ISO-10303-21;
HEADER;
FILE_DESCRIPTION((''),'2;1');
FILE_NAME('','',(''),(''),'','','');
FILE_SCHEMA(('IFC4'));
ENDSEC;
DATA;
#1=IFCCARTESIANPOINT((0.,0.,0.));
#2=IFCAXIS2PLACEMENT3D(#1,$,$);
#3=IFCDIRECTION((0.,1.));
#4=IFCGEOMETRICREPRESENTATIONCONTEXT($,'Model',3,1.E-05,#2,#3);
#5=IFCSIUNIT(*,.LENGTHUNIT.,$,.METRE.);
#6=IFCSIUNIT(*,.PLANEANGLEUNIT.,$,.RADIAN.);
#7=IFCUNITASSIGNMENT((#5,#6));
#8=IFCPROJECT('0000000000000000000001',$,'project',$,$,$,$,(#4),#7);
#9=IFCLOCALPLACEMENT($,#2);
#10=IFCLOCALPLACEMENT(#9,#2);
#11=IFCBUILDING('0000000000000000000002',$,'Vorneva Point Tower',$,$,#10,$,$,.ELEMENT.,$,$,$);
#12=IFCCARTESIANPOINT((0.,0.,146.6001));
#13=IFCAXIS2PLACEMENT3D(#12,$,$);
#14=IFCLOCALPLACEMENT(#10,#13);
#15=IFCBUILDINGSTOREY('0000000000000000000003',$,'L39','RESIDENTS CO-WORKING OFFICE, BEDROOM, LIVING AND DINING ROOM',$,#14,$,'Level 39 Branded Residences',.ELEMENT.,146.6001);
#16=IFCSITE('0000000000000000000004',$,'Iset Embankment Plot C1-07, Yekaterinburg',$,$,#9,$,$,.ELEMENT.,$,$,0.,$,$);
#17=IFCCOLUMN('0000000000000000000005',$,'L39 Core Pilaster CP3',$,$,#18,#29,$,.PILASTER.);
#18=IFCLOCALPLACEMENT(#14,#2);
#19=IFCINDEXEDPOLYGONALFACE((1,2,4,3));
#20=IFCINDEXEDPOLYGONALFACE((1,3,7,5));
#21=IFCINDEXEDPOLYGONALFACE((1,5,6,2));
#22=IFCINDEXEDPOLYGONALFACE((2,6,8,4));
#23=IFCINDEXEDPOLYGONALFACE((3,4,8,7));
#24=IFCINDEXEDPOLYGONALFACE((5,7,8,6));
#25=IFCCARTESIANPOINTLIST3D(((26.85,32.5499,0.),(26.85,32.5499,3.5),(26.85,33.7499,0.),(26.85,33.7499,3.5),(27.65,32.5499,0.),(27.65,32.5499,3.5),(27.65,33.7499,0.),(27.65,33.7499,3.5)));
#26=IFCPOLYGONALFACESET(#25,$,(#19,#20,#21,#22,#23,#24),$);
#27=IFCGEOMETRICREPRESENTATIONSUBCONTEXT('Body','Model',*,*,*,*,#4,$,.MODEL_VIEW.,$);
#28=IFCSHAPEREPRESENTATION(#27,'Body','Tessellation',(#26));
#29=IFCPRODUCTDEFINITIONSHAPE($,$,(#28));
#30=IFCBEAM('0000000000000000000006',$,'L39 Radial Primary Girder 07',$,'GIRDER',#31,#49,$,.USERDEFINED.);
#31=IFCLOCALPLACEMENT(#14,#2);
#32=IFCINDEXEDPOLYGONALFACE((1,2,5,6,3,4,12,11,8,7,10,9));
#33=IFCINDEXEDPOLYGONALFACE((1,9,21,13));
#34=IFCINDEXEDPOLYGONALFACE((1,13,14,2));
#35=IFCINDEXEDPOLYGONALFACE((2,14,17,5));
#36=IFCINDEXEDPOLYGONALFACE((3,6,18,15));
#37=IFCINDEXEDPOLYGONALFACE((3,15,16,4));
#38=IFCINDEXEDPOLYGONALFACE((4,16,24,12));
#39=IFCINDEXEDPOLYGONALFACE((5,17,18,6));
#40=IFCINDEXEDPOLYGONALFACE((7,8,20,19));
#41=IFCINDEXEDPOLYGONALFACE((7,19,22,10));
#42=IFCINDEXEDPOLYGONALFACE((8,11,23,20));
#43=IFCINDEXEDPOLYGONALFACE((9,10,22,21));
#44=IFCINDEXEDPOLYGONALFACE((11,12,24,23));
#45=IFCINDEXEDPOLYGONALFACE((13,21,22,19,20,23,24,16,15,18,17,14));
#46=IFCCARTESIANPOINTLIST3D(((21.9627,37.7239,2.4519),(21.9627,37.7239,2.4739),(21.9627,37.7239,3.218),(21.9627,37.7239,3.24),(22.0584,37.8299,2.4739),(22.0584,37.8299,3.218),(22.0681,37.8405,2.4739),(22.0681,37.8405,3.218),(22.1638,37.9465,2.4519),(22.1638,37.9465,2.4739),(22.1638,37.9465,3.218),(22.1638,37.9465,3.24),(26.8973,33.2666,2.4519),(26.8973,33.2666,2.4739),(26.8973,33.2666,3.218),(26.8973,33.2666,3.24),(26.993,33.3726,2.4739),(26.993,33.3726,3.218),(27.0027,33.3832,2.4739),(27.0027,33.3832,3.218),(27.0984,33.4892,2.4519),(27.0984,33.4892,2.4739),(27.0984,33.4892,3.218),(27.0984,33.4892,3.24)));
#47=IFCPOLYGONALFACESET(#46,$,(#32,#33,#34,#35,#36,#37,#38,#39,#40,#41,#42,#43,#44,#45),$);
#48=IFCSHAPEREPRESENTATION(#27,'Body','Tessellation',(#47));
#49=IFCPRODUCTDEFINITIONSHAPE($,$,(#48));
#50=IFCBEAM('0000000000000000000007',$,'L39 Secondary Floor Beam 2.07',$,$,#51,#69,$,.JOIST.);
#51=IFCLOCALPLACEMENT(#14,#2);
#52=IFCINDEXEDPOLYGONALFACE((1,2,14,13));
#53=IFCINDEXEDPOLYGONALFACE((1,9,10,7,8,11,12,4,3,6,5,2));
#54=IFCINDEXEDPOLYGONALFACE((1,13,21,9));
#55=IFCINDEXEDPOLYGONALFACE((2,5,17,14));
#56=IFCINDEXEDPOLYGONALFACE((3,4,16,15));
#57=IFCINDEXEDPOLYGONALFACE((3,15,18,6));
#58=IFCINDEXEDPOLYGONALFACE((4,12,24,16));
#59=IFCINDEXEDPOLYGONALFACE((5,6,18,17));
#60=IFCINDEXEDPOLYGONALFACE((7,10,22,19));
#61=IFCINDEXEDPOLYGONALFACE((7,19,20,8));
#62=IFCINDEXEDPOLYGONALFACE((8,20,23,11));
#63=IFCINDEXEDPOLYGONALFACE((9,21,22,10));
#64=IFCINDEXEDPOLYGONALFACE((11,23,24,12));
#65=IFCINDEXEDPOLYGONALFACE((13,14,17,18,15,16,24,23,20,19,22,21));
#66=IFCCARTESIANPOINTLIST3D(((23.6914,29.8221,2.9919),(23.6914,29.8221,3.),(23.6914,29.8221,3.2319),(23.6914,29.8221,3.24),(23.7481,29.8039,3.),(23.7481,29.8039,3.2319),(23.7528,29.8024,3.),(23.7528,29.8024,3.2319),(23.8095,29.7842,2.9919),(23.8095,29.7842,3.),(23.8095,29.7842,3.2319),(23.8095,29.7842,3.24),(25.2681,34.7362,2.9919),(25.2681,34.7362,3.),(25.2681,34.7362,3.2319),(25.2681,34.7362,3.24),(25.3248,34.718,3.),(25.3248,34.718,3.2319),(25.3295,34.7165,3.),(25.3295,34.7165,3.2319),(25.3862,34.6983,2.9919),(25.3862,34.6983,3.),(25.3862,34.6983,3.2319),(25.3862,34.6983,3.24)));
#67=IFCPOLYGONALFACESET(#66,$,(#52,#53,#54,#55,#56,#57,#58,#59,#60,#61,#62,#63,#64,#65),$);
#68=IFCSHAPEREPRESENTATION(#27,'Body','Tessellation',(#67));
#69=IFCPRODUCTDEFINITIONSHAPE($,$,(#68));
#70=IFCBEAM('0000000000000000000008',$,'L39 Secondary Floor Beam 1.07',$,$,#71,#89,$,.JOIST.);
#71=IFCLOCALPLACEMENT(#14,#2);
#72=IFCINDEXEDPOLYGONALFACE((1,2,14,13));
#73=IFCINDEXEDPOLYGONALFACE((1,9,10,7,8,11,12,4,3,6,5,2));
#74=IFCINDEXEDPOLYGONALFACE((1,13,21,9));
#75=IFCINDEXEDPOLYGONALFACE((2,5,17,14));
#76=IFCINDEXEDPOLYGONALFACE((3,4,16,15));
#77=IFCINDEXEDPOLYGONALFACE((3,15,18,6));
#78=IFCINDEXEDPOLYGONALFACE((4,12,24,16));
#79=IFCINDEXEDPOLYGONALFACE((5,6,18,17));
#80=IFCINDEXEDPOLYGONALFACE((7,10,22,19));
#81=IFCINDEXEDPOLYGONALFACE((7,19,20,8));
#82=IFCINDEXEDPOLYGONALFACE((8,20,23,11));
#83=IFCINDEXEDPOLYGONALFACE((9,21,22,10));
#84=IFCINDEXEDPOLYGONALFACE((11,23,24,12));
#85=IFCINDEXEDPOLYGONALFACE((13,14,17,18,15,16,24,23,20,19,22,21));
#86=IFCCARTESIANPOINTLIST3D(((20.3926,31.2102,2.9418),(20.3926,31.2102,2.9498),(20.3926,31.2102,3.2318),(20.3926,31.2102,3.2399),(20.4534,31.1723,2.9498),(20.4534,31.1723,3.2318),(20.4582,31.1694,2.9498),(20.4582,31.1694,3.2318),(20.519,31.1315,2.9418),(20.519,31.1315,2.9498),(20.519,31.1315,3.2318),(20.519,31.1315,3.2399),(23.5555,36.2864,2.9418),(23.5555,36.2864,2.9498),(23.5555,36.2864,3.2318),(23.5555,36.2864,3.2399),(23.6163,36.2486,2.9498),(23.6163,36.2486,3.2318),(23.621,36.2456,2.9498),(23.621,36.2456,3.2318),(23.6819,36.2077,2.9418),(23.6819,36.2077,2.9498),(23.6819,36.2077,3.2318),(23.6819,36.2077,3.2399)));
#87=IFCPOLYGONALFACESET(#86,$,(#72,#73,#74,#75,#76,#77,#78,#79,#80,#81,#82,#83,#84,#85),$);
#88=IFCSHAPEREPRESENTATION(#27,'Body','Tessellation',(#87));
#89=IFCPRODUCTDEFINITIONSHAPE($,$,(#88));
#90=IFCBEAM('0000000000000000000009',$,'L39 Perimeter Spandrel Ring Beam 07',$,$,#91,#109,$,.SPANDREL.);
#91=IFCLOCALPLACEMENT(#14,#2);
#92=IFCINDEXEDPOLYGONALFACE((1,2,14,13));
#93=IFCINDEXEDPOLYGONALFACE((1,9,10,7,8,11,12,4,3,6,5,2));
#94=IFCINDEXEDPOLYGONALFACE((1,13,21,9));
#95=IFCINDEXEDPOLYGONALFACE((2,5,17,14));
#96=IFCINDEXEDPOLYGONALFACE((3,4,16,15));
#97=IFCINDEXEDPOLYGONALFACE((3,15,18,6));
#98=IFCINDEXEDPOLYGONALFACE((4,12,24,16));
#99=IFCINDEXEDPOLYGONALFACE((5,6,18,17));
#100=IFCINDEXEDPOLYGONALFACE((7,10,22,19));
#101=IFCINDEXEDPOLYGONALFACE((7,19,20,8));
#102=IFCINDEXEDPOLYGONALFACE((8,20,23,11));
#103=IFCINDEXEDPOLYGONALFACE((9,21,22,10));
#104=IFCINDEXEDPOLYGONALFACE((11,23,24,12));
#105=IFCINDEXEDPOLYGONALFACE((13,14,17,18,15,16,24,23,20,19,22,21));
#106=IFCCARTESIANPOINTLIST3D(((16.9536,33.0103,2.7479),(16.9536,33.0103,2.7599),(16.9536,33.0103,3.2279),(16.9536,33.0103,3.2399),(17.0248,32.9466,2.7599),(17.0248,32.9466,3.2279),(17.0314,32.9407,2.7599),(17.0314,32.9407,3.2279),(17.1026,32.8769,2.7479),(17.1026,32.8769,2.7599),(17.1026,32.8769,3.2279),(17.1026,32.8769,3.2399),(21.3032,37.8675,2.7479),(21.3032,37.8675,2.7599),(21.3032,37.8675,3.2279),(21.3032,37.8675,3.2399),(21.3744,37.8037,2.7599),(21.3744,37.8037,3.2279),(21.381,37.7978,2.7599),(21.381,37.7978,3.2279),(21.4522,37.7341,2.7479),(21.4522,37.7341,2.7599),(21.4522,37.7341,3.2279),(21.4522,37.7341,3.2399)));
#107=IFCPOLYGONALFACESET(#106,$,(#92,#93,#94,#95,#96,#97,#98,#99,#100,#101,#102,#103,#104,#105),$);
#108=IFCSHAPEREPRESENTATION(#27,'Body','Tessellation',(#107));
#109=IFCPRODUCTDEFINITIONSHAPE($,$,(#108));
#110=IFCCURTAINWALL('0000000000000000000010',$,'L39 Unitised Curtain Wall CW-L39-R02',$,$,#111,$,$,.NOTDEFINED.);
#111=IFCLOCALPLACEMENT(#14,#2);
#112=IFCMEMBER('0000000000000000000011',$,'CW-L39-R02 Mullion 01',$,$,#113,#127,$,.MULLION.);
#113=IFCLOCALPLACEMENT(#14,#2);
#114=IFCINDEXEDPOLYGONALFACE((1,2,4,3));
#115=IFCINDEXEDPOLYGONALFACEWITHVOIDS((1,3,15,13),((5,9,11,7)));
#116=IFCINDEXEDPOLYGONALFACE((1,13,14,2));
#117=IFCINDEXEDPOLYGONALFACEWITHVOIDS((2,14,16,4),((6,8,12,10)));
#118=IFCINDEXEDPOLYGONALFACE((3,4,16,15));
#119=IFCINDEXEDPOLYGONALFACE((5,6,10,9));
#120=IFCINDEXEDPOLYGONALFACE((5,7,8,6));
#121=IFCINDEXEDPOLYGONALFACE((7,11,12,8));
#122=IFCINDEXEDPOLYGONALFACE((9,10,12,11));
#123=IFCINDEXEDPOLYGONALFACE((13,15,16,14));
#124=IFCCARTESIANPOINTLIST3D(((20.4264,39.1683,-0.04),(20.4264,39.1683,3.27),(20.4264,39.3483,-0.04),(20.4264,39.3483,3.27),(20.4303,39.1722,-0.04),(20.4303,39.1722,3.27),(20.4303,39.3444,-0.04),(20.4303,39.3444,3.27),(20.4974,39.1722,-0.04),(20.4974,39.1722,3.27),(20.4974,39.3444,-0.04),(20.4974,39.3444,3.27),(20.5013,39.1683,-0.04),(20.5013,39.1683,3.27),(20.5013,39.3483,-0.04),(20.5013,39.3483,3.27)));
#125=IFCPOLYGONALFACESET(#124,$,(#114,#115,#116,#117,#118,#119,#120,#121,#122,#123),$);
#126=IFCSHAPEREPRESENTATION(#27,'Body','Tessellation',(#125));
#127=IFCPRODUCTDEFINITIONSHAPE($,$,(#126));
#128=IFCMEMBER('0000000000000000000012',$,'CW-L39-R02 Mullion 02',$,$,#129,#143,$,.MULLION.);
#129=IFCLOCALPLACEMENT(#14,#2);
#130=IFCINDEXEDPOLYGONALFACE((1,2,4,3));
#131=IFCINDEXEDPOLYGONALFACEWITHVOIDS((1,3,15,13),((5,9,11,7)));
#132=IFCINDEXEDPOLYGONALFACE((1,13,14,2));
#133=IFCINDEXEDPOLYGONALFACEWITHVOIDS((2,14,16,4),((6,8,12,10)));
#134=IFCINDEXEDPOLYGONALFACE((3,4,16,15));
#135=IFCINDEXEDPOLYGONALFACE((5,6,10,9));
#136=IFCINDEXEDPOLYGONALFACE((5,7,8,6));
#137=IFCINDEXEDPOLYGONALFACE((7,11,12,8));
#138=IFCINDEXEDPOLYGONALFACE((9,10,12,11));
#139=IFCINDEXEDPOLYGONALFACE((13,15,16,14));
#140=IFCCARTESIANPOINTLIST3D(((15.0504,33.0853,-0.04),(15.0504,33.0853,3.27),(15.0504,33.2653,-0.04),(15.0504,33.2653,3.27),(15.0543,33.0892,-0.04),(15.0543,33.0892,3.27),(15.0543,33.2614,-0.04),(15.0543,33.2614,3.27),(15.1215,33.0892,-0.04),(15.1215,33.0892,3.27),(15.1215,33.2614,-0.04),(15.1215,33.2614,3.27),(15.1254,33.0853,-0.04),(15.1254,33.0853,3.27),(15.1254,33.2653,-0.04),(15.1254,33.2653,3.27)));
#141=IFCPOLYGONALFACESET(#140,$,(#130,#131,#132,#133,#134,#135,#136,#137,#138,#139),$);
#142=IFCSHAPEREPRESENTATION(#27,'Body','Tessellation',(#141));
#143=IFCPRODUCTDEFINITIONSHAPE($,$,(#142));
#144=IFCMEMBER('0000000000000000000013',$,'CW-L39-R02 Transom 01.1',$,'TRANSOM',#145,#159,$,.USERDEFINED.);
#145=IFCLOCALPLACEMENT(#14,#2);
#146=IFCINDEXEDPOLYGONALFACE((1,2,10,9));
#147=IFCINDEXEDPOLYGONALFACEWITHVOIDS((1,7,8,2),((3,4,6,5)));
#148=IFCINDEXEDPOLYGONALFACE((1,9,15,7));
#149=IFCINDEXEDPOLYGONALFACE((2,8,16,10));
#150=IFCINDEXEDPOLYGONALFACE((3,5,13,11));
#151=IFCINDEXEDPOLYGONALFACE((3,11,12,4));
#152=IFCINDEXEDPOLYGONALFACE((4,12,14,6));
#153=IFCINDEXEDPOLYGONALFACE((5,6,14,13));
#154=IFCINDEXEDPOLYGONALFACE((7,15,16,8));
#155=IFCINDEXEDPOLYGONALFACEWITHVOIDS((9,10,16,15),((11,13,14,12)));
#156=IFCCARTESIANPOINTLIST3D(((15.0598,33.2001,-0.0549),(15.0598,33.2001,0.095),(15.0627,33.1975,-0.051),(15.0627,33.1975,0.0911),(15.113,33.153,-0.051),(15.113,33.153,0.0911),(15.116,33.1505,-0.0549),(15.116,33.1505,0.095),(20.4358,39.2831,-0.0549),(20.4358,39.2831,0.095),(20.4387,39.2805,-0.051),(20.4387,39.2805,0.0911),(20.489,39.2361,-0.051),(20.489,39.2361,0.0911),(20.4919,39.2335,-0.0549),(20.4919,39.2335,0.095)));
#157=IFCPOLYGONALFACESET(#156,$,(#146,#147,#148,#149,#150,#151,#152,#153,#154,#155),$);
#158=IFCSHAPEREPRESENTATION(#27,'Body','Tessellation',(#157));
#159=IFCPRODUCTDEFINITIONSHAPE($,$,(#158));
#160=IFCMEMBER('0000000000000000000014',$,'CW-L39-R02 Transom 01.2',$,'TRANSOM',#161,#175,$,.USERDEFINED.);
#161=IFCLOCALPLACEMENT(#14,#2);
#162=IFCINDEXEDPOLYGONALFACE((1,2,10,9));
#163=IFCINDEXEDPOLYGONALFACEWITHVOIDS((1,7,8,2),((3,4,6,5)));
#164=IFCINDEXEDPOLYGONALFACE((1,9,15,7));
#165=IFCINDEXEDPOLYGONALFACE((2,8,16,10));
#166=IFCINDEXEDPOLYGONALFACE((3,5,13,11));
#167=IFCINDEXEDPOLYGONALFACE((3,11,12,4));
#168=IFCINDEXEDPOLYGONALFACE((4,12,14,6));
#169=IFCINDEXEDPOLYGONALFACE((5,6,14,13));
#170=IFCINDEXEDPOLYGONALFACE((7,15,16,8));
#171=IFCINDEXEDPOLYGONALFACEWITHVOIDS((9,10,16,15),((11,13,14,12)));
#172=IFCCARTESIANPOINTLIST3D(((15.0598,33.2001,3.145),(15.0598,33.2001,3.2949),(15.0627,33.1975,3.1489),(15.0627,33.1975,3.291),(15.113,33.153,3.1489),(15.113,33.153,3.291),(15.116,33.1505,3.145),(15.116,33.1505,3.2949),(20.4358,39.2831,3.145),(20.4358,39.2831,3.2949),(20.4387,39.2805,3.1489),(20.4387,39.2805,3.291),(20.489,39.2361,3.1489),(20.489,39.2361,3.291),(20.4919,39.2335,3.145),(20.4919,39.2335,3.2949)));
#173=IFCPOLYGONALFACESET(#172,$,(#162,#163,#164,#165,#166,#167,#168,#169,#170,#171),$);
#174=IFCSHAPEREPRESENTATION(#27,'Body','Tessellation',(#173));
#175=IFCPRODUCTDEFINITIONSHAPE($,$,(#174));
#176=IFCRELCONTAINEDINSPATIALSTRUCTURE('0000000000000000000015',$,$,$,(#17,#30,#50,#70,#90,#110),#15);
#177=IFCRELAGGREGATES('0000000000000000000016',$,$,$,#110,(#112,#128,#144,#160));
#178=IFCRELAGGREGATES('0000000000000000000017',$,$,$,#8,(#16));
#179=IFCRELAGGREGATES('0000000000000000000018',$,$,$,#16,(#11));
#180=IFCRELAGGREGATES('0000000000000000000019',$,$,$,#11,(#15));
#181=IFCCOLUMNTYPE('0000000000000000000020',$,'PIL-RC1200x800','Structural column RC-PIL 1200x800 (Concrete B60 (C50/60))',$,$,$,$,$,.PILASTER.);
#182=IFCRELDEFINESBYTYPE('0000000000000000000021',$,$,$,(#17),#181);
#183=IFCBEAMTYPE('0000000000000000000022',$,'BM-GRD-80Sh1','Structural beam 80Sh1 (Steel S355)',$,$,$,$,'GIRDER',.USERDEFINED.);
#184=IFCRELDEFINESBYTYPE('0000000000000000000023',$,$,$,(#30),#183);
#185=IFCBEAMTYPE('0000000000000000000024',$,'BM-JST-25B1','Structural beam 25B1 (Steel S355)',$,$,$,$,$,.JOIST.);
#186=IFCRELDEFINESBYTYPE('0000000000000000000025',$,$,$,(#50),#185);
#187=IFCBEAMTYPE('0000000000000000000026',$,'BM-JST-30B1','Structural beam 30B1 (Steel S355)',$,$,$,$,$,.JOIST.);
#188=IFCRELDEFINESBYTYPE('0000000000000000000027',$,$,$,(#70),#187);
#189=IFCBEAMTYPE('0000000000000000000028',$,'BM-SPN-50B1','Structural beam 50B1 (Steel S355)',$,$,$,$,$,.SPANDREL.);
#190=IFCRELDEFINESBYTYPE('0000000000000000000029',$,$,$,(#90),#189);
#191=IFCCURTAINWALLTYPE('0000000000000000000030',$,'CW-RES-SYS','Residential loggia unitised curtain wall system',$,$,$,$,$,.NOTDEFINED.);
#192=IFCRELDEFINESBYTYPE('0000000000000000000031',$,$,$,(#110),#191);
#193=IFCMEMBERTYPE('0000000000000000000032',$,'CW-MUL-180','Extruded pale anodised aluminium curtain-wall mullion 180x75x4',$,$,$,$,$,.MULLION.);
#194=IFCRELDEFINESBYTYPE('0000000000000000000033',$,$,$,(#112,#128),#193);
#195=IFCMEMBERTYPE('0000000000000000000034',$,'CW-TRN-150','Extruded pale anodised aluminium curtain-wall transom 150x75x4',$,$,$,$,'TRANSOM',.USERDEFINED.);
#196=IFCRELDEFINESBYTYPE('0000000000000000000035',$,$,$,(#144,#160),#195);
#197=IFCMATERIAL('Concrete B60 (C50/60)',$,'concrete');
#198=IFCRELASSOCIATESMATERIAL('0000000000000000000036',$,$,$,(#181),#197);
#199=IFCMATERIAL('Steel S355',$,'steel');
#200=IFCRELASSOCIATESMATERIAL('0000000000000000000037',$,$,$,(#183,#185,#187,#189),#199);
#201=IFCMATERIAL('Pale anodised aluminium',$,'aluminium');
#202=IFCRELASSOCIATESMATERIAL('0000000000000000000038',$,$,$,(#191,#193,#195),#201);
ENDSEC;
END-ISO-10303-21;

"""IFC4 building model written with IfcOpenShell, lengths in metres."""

from ifc_helpers import new_model, si_unit, direction, frame, origin, origin_2d, place, context, subcontext, project, spatial, rectangle, hollow_rectangle, i_section, extrude, material, material_profile, profile_set, type_object, element, aggregate, save


model = new_model("IFC4")

# Units and contexts
model_context = context("Model", 3, precision=1e-05, world=origin(), true_north=direction((0.0, 1.0)))
body_context = subcontext(model_context, "Body", "Model", "MODEL_VIEW")
ifc_project = project(units=[si_unit("LENGTHUNIT", "METRE"), si_unit("PLANEANGLEUNIT", "RADIAN")], contexts=[model_context])

# Site, building, storey
site_placement = place(None, origin())
site = spatial("IfcSite", under=ifc_project, at=site_placement, Name="Iset Embankment Plot C1-07, Yekaterinburg", CompositionType="ELEMENT", RefElevation=0.0)
building_placement = place(site_placement, origin())
building = spatial("IfcBuilding", under=site, at=building_placement, Name="Vorneva Point Tower", CompositionType="ELEMENT")
storey_placement = place(building_placement, frame((0.0, 0.0, 146.6001)))
storey = spatial("IfcBuildingStorey", under=building, at=storey_placement, Name="L39", Description="RESIDENTS CO-WORKING OFFICE, BEDROOM, LIVING AND DINING ROOM", LongName="Level 39 Branded Residences", CompositionType="ELEMENT", Elevation=146.6001)

# Column
ifc_material_1 = material(Name="Concrete B60 (C50/60)", Category="concrete")
ifc_material_profile_1 = material_profile(ifc_material_1, rectangle(XDim=0.8, YDim=1.2, at=origin_2d()), Name="RC-PIL 1200x800")
ifc_profile_set_1 = profile_set([ifc_material_profile_1], Name="Concrete B60 (C50/60)")
column_type_1 = type_object("IfcColumnType", Name="PIL-RC1200x800", Description="Structural column RC-PIL 1200x800 (Concrete B60 (C50/60))", PredefinedType="PILASTER", material=ifc_profile_set_1)
column_1_placement = place(storey_placement, frame((27.25, 33.1499, 0.0), z_axis=(0.0, 0.0, 1.0), x_axis=(1.0, 0.0, 0.0)))
element("IfcColumn", 1, at=column_1_placement, inside=storey, type_object=column_type_1, Name="L39 Core Pilaster CP3", PredefinedType="PILASTER", context=body_context, shape_type="SweptSolid", body=[
    extrude(rectangle(XDim=0.8, YDim=1.2, at=origin_2d()), origin(), (0.0, 0.0, 1.0), 3.5),
])

# Beams
ifc_material_2 = material(Name="Steel S355", Category="steel")
ifc_material_profile_2 = material_profile(ifc_material_2, i_section(OverallWidth=0.3, OverallDepth=0.7881, WebThickness=0.0144, FlangeThickness=0.022, at=origin_2d()), Name="80Sh1")
ifc_profile_set_2 = profile_set([ifc_material_profile_2], Name="Steel S355")
beam_type_1 = type_object("IfcBeamType", Name="BM-GRD-80Sh1", Description="Structural beam 80Sh1 (Steel S355)", ElementType="GIRDER", PredefinedType="USERDEFINED", material=ifc_profile_set_2)
beam_1_placement = place(storey_placement, frame((22.0632, 37.8352, 2.8459), z_axis=(0.742084, -0.670306, 0.0), x_axis=(0.670306, 0.742084, 0.0)))
element("IfcBeam", 2, at=beam_1_placement, inside=storey, type_object=beam_type_1, Name="L39 Radial Primary Girder 07", ObjectType="GIRDER", PredefinedType="USERDEFINED", context=body_context, shape_type="SweptSolid", body=[
    extrude(i_section(OverallWidth=0.3, OverallDepth=0.7881, WebThickness=0.0144, FlangeThickness=0.022, at=origin_2d()), origin(), (0.0, 0.0, 1.0), 6.6497),
])
ifc_material_profile_3 = material_profile(ifc_material_2, i_section(OverallWidth=0.124, OverallDepth=0.248, WebThickness=0.0049, FlangeThickness=0.0081, at=origin_2d()), Name="25B1")
ifc_profile_set_3 = profile_set([ifc_material_profile_3], Name="Steel S355")
beam_type_2 = type_object("IfcBeamType", Name="BM-JST-25B1", Description="Structural beam 25B1 (Steel S355)", PredefinedType="JOIST", material=ifc_profile_set_3)
beam_2_placement = place(storey_placement, frame((25.3271, 34.7173, 3.116), z_axis=(-0.305507, -0.95219, 0.0), x_axis=(0.95219, -0.305507, 0.0)))
element("IfcBeam", 3, at=beam_2_placement, inside=storey, type_object=beam_type_2, Name="L39 Secondary Floor Beam 2.07", PredefinedType="JOIST", context=body_context, shape_type="SweptSolid", body=[
    extrude(i_section(OverallWidth=0.124, OverallDepth=0.248, WebThickness=0.0049, FlangeThickness=0.0081, at=origin_2d()), origin(), (0.0, 0.0, 1.0), 5.1609),
])
ifc_material_profile_4 = material_profile(ifc_material_2, i_section(OverallWidth=0.1489, OverallDepth=0.2981, WebThickness=0.0056, FlangeThickness=0.0081, at=origin_2d()), Name="30B1")
ifc_profile_set_4 = profile_set([ifc_material_profile_4], Name="Steel S355")
beam_type_3 = type_object("IfcBeamType", Name="BM-JST-30B1", Description="Structural beam 30B1 (Steel S355)", PredefinedType="JOIST", material=ifc_profile_set_4)
beam_3_placement = place(storey_placement, frame((23.6187, 36.2471, 3.0908), z_axis=(-0.528824, -0.848731, 0.0), x_axis=(0.848731, -0.528824, 0.0)))
element("IfcBeam", 4, at=beam_3_placement, inside=storey, type_object=beam_type_3, Name="L39 Secondary Floor Beam 1.07", PredefinedType="JOIST", context=body_context, shape_type="SweptSolid", body=[
    extrude(i_section(OverallWidth=0.1489, OverallDepth=0.2981, WebThickness=0.0056, FlangeThickness=0.0081, at=origin_2d()), origin(), (0.0, 0.0, 1.0), 5.981),
])
ifc_material_profile_5 = material_profile(ifc_material_2, i_section(OverallWidth=0.2, OverallDepth=0.4919, WebThickness=0.0088, FlangeThickness=0.012, at=origin_2d()), Name="50B1")
ifc_profile_set_5 = profile_set([ifc_material_profile_5], Name="Steel S355")
beam_type_4 = type_object("IfcBeamType", Name="BM-SPN-50B1", Description="Structural beam 50B1 (Steel S355)", PredefinedType="SPANDREL", material=ifc_profile_set_5)
beam_4_placement = place(storey_placement, frame((21.3777, 37.8008, 2.9939), z_axis=(-0.667111, -0.744958, 0.0), x_axis=(0.744958, -0.667111, 0.0)))
element("IfcBeam", 5, at=beam_4_placement, inside=storey, type_object=beam_type_4, Name="L39 Perimeter Spandrel Ring Beam 07", PredefinedType="SPANDREL", context=body_context, shape_type="SweptSolid", body=[
    extrude(i_section(OverallWidth=0.2, OverallDepth=0.4919, WebThickness=0.0088, FlangeThickness=0.012, at=origin_2d()), origin(), (0.0, 0.0, 1.0), 6.52),
])

# Curtain wall, members
ifc_material_3 = material(Name="Pale anodised aluminium", Category="aluminium")
curtain_wall_type = type_object("IfcCurtainWallType", Name="CW-RES-SYS", Description="Residential loggia unitised curtain wall system", PredefinedType="NOTDEFINED", material=ifc_material_3)
curtain_wall_placement = place(storey_placement, origin())
curtain_wall = element("IfcCurtainWall", 6, at=curtain_wall_placement, inside=storey, type_object=curtain_wall_type, Name="L39 Unitised Curtain Wall CW-L39-R02", PredefinedType="NOTDEFINED")
ifc_material_profile_6 = material_profile(ifc_material_3, hollow_rectangle(XDim=0.075, YDim=0.1799, WallThickness=0.0039, at=origin_2d()), Name="AL-MUL 180x75x4")
ifc_profile_set_6 = profile_set([ifc_material_profile_6], Name="Pale anodised aluminium")
member_type_1 = type_object("IfcMemberType", Name="CW-MUL-180", Description="Extruded pale anodised aluminium curtain-wall mullion 180x75x4", PredefinedType="MULLION", material=ifc_profile_set_6)
member_1_placement = place(storey_placement, frame((20.4639, 39.2583, -0.04), z_axis=(0.0, 0.0, 1.0), x_axis=(1.0, 0.0, 0.0)))
member_1 = element("IfcMember", 7, at=member_1_placement, type_object=member_type_1, Name="CW-L39-R02 Mullion 01", PredefinedType="MULLION", context=body_context, shape_type="SweptSolid", body=[
    extrude(hollow_rectangle(XDim=0.075, YDim=0.1799, WallThickness=0.0039, at=origin_2d()), origin(), (0.0, 0.0, 1.0), 3.3101),
])
member_2_placement = place(storey_placement, frame((15.0879, 33.1753, -0.04), z_axis=(0.0, 0.0, 1.0), x_axis=(1.0, 0.0, 0.0)))
member_2 = element("IfcMember", 8, at=member_2_placement, type_object=member_type_1, Name="CW-L39-R02 Mullion 02", PredefinedType="MULLION", context=body_context, shape_type="SweptSolid", body=[
    extrude(hollow_rectangle(XDim=0.075, YDim=0.1799, WallThickness=0.0039, at=origin_2d()), origin(), (0.0, 0.0, 1.0), 3.3101),
])
ifc_material_profile_7 = material_profile(ifc_material_3, hollow_rectangle(XDim=0.075, YDim=0.1499, WallThickness=0.0039, at=origin_2d()), Name="AL-TRN 150x75x4")
ifc_profile_set_7 = profile_set([ifc_material_profile_7], Name="Pale anodised aluminium")
member_type_2 = type_object("IfcMemberType", Name="CW-TRN-150", Description="Extruded pale anodised aluminium curtain-wall transom 150x75x4", ElementType="TRANSOM", PredefinedType="USERDEFINED", material=ifc_profile_set_7)
member_3_placement = place(storey_placement, frame((20.4639, 39.2583, 0.02), z_axis=(-0.662218, -0.749311, 0.0), x_axis=(0.749311, -0.662218, 0.0)))
member_3 = element("IfcMember", 9, at=member_3_placement, type_object=member_type_2, Name="CW-L39-R02 Transom 01.1", ObjectType="TRANSOM", PredefinedType="USERDEFINED", context=body_context, shape_type="SweptSolid", body=[
    extrude(hollow_rectangle(XDim=0.075, YDim=0.1499, WallThickness=0.0039, at=origin_2d()), origin(), (0.0, 0.0, 1.0), 8.1182),
])
member_4_placement = place(storey_placement, frame((20.4639, 39.2583, 3.22), z_axis=(-0.662218, -0.749311, 0.0), x_axis=(0.749311, -0.662218, 0.0)))
member_4 = element("IfcMember", 10, at=member_4_placement, type_object=member_type_2, Name="CW-L39-R02 Transom 01.2", ObjectType="TRANSOM", PredefinedType="USERDEFINED", context=body_context, shape_type="SweptSolid", body=[
    extrude(hollow_rectangle(XDim=0.075, YDim=0.1499, WallThickness=0.0039, at=origin_2d()), origin(), (0.0, 0.0, 1.0), 8.1182),
])
aggregate(curtain_wall, [member_1, member_2, member_3, member_4])

save(model, "model.ifc")
